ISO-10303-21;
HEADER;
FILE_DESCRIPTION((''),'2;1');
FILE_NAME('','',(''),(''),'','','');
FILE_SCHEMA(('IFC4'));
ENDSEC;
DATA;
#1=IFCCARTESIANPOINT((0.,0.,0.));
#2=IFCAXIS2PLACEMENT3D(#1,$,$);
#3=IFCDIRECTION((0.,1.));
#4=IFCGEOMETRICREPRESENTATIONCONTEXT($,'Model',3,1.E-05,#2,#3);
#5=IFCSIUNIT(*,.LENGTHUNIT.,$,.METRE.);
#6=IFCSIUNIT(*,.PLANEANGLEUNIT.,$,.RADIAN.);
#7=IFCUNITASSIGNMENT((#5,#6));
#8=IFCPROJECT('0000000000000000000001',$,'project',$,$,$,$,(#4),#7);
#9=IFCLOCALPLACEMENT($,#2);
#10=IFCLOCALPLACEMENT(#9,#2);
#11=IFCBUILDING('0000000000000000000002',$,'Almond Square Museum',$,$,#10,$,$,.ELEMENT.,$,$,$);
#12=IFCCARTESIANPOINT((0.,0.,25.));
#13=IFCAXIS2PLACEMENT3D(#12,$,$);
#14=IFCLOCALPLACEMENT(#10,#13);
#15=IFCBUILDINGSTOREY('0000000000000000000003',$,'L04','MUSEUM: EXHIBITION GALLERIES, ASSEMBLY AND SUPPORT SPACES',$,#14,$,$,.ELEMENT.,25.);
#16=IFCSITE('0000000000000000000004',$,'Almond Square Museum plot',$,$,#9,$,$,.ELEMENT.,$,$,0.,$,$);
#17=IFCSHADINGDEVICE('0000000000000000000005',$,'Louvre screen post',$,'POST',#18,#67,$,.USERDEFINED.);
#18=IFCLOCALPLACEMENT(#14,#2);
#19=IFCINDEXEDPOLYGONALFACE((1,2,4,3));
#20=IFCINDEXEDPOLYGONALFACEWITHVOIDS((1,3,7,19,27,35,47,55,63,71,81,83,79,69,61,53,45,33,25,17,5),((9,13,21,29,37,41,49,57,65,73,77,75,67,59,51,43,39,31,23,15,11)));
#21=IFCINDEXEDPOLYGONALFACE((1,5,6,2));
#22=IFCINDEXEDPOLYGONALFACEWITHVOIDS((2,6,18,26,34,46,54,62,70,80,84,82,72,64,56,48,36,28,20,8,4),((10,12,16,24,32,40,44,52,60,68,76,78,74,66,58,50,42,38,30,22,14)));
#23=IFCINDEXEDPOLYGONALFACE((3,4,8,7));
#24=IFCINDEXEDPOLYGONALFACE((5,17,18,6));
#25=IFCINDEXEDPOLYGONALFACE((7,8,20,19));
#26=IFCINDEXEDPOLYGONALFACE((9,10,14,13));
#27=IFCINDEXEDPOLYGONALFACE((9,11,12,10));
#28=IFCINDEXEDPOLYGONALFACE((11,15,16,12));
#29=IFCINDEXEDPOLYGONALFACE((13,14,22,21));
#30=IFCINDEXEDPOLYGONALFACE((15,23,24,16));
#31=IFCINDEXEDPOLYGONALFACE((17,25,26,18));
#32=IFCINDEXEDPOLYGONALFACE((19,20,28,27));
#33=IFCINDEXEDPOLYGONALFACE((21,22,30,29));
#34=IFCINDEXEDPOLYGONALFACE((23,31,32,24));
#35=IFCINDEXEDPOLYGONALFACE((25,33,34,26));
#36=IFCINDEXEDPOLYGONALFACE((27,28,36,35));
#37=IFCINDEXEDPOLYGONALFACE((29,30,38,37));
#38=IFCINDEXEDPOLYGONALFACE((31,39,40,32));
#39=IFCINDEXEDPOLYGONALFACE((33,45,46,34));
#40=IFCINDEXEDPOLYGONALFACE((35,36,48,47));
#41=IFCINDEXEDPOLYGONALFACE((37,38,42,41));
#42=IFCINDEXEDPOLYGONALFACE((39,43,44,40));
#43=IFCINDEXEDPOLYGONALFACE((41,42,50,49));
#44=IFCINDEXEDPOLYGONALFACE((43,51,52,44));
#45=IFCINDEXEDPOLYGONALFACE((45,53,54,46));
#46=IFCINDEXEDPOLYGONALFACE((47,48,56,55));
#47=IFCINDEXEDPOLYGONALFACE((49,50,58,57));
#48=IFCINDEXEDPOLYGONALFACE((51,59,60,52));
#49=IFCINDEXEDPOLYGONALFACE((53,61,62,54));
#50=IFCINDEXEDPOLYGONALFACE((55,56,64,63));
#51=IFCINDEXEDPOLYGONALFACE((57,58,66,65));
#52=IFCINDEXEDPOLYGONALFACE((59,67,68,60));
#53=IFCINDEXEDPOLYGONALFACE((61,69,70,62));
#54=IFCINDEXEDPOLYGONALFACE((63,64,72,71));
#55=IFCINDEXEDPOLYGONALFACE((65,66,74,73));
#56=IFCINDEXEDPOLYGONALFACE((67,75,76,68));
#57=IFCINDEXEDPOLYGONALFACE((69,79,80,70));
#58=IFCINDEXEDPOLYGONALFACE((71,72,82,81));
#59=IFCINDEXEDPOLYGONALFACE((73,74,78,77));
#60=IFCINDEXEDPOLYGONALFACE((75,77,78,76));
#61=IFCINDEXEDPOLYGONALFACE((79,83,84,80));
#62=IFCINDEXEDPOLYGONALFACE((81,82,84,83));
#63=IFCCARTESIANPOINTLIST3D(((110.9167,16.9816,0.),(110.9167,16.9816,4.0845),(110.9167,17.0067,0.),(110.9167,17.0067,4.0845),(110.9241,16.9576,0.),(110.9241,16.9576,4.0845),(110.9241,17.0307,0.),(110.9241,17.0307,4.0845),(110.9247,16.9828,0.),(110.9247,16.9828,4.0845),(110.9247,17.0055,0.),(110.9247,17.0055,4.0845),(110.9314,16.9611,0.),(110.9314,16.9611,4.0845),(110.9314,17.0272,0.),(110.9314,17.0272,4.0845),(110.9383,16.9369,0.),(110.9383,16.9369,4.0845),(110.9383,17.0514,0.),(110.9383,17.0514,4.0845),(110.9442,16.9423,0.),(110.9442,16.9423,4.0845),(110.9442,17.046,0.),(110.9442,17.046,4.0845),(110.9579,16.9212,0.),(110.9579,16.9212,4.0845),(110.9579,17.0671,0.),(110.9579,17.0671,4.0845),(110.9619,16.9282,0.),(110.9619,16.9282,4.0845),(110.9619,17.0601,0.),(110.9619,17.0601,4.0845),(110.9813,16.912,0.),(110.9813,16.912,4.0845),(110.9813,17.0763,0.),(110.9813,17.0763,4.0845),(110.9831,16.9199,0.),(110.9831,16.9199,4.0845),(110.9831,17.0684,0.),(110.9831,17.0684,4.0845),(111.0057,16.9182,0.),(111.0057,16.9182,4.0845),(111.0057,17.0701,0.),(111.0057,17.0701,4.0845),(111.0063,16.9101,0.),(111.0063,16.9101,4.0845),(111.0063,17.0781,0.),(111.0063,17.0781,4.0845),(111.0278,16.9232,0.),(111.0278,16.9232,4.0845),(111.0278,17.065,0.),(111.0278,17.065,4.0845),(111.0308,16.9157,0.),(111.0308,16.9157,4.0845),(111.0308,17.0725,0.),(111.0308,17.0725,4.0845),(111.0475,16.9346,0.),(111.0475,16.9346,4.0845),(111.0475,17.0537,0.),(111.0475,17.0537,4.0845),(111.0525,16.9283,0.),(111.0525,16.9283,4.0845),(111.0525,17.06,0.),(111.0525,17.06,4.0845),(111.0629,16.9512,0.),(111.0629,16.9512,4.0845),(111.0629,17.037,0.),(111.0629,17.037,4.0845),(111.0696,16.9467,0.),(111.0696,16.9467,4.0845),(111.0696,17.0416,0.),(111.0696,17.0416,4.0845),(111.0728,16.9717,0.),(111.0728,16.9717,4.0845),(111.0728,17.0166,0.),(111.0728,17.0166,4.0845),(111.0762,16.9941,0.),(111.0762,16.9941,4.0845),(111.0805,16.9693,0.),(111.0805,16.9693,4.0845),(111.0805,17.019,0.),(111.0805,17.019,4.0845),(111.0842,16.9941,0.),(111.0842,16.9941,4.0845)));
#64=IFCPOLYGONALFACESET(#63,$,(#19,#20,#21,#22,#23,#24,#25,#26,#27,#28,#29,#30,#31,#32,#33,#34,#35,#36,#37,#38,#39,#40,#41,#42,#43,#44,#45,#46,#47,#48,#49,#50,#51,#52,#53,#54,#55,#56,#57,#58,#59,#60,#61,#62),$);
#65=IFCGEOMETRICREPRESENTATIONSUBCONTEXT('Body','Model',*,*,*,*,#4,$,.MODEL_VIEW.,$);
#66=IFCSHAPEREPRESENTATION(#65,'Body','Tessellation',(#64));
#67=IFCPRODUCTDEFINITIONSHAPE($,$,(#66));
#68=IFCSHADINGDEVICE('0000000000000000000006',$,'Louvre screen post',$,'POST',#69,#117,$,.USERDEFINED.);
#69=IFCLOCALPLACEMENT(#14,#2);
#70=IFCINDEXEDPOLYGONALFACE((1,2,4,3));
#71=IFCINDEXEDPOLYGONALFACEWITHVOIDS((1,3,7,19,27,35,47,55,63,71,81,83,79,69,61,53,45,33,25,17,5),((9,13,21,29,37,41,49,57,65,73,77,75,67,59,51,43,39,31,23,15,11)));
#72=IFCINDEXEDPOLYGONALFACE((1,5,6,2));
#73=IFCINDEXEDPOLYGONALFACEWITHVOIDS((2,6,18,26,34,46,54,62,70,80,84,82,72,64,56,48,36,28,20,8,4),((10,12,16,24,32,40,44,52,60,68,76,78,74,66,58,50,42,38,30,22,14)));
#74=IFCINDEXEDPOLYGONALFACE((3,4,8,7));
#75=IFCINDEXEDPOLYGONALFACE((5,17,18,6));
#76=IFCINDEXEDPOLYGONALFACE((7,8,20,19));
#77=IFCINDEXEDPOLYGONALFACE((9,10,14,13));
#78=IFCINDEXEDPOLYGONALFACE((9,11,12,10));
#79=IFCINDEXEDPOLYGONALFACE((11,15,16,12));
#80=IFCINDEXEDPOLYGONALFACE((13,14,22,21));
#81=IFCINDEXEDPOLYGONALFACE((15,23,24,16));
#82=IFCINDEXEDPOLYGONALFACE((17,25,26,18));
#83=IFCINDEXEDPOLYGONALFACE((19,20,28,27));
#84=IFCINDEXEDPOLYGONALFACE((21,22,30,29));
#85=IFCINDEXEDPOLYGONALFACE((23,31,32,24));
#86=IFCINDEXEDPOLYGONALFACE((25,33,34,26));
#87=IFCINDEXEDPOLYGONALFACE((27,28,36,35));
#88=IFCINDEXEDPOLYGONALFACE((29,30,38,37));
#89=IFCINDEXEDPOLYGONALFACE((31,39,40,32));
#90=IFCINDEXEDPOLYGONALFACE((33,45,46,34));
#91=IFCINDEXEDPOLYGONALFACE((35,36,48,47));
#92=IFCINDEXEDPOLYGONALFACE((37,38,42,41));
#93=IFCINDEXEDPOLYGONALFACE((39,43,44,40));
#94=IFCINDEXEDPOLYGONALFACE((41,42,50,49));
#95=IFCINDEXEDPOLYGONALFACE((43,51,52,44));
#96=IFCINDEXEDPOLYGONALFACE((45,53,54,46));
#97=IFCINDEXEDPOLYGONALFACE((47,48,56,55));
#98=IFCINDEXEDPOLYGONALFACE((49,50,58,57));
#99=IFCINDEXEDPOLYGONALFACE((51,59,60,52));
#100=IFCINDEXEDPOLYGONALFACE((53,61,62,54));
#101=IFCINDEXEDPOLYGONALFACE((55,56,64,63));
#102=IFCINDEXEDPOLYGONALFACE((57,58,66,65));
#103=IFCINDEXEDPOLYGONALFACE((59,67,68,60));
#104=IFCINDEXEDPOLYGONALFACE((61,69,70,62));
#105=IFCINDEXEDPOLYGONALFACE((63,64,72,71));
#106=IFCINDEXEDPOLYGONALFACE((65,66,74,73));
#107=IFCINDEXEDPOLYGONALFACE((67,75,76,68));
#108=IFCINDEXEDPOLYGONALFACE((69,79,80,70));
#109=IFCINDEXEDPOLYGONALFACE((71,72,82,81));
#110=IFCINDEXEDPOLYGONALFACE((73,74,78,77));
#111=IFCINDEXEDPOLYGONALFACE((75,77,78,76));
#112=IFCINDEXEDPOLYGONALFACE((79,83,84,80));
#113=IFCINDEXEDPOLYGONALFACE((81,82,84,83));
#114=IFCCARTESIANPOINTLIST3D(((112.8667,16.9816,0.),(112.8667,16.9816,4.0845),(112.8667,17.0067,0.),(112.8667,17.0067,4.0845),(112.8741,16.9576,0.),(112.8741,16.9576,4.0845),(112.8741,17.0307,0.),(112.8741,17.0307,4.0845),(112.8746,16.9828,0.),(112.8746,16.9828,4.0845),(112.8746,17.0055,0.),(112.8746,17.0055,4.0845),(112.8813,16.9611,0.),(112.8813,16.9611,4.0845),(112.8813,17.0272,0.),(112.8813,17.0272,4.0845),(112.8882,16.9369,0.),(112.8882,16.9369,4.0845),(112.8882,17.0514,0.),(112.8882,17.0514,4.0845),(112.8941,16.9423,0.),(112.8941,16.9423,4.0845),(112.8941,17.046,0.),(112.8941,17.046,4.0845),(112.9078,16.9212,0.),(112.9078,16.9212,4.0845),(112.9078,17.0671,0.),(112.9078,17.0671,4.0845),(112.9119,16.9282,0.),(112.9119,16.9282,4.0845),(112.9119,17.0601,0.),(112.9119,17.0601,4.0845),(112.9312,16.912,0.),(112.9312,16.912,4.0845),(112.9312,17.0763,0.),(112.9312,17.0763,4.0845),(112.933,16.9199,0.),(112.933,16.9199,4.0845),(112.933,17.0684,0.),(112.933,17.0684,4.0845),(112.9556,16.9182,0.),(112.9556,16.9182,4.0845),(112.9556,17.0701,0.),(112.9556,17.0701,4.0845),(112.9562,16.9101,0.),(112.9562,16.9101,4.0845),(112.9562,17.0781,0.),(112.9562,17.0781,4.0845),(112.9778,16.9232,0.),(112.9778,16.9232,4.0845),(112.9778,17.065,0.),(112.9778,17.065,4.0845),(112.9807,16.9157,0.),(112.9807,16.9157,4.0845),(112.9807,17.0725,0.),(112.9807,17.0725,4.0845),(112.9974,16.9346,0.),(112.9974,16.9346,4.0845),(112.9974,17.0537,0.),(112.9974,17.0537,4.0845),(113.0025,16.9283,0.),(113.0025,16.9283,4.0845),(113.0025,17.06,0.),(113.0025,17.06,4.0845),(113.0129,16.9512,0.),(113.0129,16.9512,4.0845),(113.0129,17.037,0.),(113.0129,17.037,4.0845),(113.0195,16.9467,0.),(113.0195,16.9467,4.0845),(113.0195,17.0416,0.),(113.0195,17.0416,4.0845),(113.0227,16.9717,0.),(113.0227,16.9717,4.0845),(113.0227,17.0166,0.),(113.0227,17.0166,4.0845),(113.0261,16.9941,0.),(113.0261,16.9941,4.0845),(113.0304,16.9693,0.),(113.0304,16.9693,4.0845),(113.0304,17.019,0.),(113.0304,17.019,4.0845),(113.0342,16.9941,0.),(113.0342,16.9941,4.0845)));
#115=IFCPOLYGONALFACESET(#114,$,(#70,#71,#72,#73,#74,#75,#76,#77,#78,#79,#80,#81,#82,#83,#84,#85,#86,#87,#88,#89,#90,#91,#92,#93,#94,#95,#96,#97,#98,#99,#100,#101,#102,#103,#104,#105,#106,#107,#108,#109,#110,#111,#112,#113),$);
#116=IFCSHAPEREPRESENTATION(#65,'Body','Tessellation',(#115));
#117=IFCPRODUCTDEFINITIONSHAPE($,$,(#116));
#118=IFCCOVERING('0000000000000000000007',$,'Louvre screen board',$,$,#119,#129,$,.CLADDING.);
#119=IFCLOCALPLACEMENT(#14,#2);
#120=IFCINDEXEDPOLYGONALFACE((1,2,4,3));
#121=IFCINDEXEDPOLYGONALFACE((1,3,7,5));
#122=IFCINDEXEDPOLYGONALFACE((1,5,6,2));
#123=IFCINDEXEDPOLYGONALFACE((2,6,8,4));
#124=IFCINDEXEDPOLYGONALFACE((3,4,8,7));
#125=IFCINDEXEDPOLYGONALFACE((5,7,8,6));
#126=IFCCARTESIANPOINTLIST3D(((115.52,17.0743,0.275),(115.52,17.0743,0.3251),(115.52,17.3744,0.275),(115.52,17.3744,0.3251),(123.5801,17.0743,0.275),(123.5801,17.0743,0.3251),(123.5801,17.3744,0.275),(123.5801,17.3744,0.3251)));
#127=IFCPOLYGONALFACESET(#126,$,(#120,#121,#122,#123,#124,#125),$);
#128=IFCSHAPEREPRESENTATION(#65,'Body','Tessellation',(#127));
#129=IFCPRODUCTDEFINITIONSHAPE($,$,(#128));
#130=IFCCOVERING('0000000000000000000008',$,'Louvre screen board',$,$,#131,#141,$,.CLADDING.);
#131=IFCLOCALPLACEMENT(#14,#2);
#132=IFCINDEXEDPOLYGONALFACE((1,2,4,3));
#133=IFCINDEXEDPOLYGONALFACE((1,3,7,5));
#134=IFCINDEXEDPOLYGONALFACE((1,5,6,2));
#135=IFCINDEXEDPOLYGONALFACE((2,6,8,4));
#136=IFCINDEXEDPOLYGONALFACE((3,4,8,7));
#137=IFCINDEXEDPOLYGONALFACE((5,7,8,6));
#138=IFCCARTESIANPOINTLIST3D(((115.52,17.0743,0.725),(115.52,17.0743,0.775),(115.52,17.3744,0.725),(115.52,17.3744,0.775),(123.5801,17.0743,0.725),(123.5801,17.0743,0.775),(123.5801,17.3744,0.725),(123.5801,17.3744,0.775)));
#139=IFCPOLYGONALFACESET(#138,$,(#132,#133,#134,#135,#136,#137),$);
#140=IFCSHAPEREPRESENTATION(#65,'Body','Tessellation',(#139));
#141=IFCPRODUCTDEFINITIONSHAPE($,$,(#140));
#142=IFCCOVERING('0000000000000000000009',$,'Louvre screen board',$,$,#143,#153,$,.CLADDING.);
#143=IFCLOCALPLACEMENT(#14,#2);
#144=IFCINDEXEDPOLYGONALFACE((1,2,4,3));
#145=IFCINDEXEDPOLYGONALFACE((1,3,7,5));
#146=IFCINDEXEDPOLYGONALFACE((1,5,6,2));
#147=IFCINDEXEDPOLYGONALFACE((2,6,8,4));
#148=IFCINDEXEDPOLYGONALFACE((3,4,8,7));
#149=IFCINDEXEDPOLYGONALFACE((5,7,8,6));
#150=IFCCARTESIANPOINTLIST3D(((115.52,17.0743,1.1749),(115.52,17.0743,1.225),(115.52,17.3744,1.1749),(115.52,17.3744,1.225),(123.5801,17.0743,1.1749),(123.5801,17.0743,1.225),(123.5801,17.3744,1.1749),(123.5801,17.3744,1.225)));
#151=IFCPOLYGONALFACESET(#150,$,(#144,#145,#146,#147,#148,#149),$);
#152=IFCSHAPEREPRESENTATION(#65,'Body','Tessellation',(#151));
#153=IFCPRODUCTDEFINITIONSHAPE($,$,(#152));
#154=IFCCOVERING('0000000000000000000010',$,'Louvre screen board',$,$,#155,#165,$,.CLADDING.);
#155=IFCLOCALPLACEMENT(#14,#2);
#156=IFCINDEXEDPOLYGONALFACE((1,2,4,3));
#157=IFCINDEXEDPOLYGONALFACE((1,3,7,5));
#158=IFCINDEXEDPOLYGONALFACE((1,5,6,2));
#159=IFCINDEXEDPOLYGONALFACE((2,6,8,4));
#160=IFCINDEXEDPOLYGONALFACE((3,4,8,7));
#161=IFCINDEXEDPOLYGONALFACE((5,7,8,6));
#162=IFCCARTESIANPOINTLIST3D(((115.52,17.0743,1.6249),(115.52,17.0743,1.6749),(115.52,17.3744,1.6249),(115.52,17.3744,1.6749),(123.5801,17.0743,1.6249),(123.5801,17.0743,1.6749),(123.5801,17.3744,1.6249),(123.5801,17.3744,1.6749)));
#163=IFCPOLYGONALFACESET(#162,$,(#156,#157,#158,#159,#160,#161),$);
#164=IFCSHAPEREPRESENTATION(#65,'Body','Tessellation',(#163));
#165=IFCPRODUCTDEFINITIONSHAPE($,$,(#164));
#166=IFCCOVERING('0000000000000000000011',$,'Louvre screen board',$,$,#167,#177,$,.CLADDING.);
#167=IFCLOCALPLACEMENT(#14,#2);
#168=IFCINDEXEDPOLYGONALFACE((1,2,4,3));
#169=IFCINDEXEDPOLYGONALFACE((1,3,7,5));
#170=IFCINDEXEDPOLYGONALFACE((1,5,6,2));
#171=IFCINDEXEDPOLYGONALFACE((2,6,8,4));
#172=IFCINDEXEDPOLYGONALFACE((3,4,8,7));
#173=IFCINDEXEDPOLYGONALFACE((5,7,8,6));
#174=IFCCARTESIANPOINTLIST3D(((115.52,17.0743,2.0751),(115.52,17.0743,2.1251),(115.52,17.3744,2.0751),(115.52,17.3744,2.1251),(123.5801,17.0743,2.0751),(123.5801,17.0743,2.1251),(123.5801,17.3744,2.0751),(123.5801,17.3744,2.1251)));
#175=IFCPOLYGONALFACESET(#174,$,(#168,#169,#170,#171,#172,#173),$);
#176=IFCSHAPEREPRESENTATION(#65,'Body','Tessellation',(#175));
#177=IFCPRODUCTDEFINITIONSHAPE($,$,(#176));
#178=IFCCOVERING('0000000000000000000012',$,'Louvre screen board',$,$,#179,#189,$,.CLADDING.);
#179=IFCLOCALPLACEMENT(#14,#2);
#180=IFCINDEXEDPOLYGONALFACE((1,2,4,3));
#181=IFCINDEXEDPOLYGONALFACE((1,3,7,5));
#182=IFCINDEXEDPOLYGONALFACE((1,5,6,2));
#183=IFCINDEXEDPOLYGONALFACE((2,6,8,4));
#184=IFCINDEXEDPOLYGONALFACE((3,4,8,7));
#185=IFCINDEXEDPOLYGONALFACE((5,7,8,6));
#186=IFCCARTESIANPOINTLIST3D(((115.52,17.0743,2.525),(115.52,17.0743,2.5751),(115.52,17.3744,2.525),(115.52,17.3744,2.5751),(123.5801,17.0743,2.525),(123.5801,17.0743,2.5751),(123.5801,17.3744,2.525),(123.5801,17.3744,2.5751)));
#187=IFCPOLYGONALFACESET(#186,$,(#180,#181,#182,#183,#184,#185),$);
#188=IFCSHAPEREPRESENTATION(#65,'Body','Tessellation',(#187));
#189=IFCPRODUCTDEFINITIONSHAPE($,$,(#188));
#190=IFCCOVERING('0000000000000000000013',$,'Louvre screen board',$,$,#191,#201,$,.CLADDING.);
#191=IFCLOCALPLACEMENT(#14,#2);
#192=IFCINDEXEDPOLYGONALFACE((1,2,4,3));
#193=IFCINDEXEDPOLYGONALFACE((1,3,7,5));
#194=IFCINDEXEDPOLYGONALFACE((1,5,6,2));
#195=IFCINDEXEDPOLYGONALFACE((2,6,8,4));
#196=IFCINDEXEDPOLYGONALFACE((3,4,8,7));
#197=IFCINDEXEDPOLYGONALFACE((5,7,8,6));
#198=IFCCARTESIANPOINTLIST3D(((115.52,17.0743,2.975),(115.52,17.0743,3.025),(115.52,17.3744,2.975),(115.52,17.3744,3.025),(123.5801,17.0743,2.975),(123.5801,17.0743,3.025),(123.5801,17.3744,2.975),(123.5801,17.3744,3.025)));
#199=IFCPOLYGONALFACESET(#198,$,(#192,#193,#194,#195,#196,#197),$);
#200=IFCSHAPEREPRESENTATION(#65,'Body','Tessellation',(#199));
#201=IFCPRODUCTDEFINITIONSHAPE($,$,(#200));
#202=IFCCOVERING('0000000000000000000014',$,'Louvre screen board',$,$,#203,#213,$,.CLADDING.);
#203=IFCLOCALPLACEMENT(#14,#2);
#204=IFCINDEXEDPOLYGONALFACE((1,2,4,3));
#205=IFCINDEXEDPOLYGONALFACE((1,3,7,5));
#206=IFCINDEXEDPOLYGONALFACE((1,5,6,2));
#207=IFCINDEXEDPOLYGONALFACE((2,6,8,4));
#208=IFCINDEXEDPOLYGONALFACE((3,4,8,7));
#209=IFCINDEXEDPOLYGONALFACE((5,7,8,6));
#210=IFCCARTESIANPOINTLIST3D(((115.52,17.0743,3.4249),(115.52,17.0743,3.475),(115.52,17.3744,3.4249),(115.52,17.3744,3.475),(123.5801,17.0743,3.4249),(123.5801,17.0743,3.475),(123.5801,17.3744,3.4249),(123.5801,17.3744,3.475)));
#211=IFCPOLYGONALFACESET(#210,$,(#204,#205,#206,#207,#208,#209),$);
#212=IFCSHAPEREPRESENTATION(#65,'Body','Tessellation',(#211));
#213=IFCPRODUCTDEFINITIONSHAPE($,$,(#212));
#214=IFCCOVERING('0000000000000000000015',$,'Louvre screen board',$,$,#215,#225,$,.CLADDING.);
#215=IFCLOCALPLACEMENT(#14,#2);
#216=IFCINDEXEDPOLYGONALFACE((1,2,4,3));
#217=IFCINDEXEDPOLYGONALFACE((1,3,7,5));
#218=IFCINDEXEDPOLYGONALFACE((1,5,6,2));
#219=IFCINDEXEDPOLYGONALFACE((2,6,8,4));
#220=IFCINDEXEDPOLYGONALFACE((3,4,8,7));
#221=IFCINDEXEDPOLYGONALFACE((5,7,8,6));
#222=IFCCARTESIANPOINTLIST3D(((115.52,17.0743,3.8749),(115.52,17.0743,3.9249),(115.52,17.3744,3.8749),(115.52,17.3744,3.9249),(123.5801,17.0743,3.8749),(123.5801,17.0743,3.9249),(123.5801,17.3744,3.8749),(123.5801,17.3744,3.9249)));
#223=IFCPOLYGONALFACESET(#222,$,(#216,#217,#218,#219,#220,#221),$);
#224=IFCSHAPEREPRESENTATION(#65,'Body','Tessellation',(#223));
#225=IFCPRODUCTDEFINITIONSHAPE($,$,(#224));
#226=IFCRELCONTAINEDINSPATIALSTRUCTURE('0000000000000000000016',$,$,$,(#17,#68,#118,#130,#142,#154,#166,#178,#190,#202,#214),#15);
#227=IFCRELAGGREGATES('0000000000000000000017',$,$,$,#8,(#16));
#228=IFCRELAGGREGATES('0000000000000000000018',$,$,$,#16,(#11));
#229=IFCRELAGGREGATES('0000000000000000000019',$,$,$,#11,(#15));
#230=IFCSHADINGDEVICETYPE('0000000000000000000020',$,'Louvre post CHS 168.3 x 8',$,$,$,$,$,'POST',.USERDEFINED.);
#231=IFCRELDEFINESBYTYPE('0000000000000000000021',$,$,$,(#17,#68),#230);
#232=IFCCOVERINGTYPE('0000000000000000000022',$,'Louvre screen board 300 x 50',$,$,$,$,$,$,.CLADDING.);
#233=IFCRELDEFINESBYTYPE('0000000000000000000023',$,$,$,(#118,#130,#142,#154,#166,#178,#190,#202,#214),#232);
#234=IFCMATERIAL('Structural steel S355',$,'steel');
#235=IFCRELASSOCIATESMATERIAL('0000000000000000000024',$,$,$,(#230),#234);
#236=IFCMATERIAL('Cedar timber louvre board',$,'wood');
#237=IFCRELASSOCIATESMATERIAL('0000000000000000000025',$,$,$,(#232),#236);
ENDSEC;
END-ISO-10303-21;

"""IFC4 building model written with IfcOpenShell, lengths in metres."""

from ifc_helpers import new_model, si_unit, direction, frame, origin, origin_2d, place, context, subcontext, project, spatial, rectangle, hollow_circle, extrude, material, material_profile, profile_set, type_object, element, save


model = new_model("IFC4")

# Units and contexts
model_context = context("Model", 3, precision=1e-05, world=origin(), true_north=direction((0.0, 1.0)))
body_context = subcontext(model_context, "Body", "Model", "MODEL_VIEW")
ifc_project = project(units=[si_unit("LENGTHUNIT", "METRE"), si_unit("PLANEANGLEUNIT", "RADIAN")], contexts=[model_context])

# Site, building, storey
site_placement = place(None, origin())
site = spatial("IfcSite", under=ifc_project, at=site_placement, Name="Almond Square Museum plot", CompositionType="ELEMENT", RefElevation=0.0)
building_placement = place(site_placement, origin())
building = spatial("IfcBuilding", under=site, at=building_placement, Name="Almond Square Museum", CompositionType="ELEMENT")
storey_placement = place(building_placement, frame((0.0, 0.0, 25.0)))
storey = spatial("IfcBuildingStorey", under=building, at=storey_placement, Name="L04", Description="MUSEUM: EXHIBITION GALLERIES, ASSEMBLY AND SUPPORT SPACES", CompositionType="ELEMENT", Elevation=25.0)

# Shading devices
ifc_material_1 = material(Name="Structural steel S355", Category="steel")
ifc_material_profile_1 = material_profile(ifc_material_1, hollow_circle(Radius=0.0842, WallThickness=0.0081, at=origin_2d()))
ifc_profile_set_1 = profile_set([ifc_material_profile_1], Name="Structural steel S355")
shading_device_type_1 = type_object("IfcShadingDeviceType", Name="Louvre post CHS 168.3 x 8", ElementType="POST", PredefinedType="USERDEFINED", material=ifc_profile_set_1)
for number, where, z_axis, x_axis, name in (
    (1, (111.0, 16.9941, 0.0), (0.0, 0.0, 1.0), (1.0, 0.0, 0.0), "Louvre screen post"),
    (2, (112.95, 16.9941, 0.0), (0.0, 0.0, 1.0), (1.0, 0.0, 0.0), "Louvre screen post"),
):
    element("IfcShadingDevice", number, at=place(storey_placement, frame(where, z_axis=z_axis, x_axis=x_axis)), inside=storey, type_object=shading_device_type_1, Name=name, ObjectType="POST", PredefinedType="USERDEFINED", context=body_context, shape_type="SweptSolid", body=[
        extrude(hollow_circle(Radius=0.0842, WallThickness=0.0081, at=origin_2d()), origin(), (0.0, 0.0, 1.0), 4.0845),
    ])

# Coverings
ifc_material_2 = material(Name="Cedar timber louvre board", Category="wood")
ifc_material_profile_2 = material_profile(ifc_material_2, rectangle(XDim=0.3, YDim=0.05, at=origin_2d()))
ifc_profile_set_2 = profile_set([ifc_material_profile_2], Name="Cedar timber louvre board")
covering_type_1 = type_object("IfcCoveringType", Name="Louvre screen board 300 x 50", PredefinedType="CLADDING", material=ifc_profile_set_2)
for number, where, z_axis, x_axis, name in (
    (3, (115.52, 17.2244, 0.3), (1.0, 0.0, 0.0), (0.0, 1.0, 0.0), "Louvre screen board"),
    (4, (115.52, 17.2244, 0.75), (1.0, 0.0, 0.0), (0.0, 1.0, 0.0), "Louvre screen board"),
    (5, (115.52, 17.2244, 1.2), (1.0, 0.0, 0.0), (0.0, 1.0, 0.0), "Louvre screen board"),
    (6, (115.52, 17.2244, 1.6499), (1.0, 0.0, 0.0), (0.0, 1.0, 0.0), "Louvre screen board"),
    (7, (115.52, 17.2244, 2.1001), (1.0, 0.0, 0.0), (0.0, 1.0, 0.0), "Louvre screen board"),
    (8, (115.52, 17.2244, 2.55), (1.0, 0.0, 0.0), (0.0, 1.0, 0.0), "Louvre screen board"),
    (9, (115.52, 17.2244, 3.0), (1.0, 0.0, 0.0), (0.0, 1.0, 0.0), "Louvre screen board"),
    (10, (115.52, 17.2244, 3.45), (1.0, 0.0, 0.0), (0.0, 1.0, 0.0), "Louvre screen board"),
    (11, (115.52, 17.2244, 3.8999), (1.0, 0.0, 0.0), (0.0, 1.0, 0.0), "Louvre screen board"),
):
    element("IfcCovering", number, at=place(storey_placement, frame(where, z_axis=z_axis, x_axis=x_axis)), inside=storey, type_object=covering_type_1, Name=name, PredefinedType="CLADDING", context=body_context, shape_type="SweptSolid", body=[
        extrude(rectangle(XDim=0.3, YDim=0.05, at=origin_2d()), origin(), (0.0, 0.0, 1.0), 8.0601),
    ])

save(model, "model.ifc")
